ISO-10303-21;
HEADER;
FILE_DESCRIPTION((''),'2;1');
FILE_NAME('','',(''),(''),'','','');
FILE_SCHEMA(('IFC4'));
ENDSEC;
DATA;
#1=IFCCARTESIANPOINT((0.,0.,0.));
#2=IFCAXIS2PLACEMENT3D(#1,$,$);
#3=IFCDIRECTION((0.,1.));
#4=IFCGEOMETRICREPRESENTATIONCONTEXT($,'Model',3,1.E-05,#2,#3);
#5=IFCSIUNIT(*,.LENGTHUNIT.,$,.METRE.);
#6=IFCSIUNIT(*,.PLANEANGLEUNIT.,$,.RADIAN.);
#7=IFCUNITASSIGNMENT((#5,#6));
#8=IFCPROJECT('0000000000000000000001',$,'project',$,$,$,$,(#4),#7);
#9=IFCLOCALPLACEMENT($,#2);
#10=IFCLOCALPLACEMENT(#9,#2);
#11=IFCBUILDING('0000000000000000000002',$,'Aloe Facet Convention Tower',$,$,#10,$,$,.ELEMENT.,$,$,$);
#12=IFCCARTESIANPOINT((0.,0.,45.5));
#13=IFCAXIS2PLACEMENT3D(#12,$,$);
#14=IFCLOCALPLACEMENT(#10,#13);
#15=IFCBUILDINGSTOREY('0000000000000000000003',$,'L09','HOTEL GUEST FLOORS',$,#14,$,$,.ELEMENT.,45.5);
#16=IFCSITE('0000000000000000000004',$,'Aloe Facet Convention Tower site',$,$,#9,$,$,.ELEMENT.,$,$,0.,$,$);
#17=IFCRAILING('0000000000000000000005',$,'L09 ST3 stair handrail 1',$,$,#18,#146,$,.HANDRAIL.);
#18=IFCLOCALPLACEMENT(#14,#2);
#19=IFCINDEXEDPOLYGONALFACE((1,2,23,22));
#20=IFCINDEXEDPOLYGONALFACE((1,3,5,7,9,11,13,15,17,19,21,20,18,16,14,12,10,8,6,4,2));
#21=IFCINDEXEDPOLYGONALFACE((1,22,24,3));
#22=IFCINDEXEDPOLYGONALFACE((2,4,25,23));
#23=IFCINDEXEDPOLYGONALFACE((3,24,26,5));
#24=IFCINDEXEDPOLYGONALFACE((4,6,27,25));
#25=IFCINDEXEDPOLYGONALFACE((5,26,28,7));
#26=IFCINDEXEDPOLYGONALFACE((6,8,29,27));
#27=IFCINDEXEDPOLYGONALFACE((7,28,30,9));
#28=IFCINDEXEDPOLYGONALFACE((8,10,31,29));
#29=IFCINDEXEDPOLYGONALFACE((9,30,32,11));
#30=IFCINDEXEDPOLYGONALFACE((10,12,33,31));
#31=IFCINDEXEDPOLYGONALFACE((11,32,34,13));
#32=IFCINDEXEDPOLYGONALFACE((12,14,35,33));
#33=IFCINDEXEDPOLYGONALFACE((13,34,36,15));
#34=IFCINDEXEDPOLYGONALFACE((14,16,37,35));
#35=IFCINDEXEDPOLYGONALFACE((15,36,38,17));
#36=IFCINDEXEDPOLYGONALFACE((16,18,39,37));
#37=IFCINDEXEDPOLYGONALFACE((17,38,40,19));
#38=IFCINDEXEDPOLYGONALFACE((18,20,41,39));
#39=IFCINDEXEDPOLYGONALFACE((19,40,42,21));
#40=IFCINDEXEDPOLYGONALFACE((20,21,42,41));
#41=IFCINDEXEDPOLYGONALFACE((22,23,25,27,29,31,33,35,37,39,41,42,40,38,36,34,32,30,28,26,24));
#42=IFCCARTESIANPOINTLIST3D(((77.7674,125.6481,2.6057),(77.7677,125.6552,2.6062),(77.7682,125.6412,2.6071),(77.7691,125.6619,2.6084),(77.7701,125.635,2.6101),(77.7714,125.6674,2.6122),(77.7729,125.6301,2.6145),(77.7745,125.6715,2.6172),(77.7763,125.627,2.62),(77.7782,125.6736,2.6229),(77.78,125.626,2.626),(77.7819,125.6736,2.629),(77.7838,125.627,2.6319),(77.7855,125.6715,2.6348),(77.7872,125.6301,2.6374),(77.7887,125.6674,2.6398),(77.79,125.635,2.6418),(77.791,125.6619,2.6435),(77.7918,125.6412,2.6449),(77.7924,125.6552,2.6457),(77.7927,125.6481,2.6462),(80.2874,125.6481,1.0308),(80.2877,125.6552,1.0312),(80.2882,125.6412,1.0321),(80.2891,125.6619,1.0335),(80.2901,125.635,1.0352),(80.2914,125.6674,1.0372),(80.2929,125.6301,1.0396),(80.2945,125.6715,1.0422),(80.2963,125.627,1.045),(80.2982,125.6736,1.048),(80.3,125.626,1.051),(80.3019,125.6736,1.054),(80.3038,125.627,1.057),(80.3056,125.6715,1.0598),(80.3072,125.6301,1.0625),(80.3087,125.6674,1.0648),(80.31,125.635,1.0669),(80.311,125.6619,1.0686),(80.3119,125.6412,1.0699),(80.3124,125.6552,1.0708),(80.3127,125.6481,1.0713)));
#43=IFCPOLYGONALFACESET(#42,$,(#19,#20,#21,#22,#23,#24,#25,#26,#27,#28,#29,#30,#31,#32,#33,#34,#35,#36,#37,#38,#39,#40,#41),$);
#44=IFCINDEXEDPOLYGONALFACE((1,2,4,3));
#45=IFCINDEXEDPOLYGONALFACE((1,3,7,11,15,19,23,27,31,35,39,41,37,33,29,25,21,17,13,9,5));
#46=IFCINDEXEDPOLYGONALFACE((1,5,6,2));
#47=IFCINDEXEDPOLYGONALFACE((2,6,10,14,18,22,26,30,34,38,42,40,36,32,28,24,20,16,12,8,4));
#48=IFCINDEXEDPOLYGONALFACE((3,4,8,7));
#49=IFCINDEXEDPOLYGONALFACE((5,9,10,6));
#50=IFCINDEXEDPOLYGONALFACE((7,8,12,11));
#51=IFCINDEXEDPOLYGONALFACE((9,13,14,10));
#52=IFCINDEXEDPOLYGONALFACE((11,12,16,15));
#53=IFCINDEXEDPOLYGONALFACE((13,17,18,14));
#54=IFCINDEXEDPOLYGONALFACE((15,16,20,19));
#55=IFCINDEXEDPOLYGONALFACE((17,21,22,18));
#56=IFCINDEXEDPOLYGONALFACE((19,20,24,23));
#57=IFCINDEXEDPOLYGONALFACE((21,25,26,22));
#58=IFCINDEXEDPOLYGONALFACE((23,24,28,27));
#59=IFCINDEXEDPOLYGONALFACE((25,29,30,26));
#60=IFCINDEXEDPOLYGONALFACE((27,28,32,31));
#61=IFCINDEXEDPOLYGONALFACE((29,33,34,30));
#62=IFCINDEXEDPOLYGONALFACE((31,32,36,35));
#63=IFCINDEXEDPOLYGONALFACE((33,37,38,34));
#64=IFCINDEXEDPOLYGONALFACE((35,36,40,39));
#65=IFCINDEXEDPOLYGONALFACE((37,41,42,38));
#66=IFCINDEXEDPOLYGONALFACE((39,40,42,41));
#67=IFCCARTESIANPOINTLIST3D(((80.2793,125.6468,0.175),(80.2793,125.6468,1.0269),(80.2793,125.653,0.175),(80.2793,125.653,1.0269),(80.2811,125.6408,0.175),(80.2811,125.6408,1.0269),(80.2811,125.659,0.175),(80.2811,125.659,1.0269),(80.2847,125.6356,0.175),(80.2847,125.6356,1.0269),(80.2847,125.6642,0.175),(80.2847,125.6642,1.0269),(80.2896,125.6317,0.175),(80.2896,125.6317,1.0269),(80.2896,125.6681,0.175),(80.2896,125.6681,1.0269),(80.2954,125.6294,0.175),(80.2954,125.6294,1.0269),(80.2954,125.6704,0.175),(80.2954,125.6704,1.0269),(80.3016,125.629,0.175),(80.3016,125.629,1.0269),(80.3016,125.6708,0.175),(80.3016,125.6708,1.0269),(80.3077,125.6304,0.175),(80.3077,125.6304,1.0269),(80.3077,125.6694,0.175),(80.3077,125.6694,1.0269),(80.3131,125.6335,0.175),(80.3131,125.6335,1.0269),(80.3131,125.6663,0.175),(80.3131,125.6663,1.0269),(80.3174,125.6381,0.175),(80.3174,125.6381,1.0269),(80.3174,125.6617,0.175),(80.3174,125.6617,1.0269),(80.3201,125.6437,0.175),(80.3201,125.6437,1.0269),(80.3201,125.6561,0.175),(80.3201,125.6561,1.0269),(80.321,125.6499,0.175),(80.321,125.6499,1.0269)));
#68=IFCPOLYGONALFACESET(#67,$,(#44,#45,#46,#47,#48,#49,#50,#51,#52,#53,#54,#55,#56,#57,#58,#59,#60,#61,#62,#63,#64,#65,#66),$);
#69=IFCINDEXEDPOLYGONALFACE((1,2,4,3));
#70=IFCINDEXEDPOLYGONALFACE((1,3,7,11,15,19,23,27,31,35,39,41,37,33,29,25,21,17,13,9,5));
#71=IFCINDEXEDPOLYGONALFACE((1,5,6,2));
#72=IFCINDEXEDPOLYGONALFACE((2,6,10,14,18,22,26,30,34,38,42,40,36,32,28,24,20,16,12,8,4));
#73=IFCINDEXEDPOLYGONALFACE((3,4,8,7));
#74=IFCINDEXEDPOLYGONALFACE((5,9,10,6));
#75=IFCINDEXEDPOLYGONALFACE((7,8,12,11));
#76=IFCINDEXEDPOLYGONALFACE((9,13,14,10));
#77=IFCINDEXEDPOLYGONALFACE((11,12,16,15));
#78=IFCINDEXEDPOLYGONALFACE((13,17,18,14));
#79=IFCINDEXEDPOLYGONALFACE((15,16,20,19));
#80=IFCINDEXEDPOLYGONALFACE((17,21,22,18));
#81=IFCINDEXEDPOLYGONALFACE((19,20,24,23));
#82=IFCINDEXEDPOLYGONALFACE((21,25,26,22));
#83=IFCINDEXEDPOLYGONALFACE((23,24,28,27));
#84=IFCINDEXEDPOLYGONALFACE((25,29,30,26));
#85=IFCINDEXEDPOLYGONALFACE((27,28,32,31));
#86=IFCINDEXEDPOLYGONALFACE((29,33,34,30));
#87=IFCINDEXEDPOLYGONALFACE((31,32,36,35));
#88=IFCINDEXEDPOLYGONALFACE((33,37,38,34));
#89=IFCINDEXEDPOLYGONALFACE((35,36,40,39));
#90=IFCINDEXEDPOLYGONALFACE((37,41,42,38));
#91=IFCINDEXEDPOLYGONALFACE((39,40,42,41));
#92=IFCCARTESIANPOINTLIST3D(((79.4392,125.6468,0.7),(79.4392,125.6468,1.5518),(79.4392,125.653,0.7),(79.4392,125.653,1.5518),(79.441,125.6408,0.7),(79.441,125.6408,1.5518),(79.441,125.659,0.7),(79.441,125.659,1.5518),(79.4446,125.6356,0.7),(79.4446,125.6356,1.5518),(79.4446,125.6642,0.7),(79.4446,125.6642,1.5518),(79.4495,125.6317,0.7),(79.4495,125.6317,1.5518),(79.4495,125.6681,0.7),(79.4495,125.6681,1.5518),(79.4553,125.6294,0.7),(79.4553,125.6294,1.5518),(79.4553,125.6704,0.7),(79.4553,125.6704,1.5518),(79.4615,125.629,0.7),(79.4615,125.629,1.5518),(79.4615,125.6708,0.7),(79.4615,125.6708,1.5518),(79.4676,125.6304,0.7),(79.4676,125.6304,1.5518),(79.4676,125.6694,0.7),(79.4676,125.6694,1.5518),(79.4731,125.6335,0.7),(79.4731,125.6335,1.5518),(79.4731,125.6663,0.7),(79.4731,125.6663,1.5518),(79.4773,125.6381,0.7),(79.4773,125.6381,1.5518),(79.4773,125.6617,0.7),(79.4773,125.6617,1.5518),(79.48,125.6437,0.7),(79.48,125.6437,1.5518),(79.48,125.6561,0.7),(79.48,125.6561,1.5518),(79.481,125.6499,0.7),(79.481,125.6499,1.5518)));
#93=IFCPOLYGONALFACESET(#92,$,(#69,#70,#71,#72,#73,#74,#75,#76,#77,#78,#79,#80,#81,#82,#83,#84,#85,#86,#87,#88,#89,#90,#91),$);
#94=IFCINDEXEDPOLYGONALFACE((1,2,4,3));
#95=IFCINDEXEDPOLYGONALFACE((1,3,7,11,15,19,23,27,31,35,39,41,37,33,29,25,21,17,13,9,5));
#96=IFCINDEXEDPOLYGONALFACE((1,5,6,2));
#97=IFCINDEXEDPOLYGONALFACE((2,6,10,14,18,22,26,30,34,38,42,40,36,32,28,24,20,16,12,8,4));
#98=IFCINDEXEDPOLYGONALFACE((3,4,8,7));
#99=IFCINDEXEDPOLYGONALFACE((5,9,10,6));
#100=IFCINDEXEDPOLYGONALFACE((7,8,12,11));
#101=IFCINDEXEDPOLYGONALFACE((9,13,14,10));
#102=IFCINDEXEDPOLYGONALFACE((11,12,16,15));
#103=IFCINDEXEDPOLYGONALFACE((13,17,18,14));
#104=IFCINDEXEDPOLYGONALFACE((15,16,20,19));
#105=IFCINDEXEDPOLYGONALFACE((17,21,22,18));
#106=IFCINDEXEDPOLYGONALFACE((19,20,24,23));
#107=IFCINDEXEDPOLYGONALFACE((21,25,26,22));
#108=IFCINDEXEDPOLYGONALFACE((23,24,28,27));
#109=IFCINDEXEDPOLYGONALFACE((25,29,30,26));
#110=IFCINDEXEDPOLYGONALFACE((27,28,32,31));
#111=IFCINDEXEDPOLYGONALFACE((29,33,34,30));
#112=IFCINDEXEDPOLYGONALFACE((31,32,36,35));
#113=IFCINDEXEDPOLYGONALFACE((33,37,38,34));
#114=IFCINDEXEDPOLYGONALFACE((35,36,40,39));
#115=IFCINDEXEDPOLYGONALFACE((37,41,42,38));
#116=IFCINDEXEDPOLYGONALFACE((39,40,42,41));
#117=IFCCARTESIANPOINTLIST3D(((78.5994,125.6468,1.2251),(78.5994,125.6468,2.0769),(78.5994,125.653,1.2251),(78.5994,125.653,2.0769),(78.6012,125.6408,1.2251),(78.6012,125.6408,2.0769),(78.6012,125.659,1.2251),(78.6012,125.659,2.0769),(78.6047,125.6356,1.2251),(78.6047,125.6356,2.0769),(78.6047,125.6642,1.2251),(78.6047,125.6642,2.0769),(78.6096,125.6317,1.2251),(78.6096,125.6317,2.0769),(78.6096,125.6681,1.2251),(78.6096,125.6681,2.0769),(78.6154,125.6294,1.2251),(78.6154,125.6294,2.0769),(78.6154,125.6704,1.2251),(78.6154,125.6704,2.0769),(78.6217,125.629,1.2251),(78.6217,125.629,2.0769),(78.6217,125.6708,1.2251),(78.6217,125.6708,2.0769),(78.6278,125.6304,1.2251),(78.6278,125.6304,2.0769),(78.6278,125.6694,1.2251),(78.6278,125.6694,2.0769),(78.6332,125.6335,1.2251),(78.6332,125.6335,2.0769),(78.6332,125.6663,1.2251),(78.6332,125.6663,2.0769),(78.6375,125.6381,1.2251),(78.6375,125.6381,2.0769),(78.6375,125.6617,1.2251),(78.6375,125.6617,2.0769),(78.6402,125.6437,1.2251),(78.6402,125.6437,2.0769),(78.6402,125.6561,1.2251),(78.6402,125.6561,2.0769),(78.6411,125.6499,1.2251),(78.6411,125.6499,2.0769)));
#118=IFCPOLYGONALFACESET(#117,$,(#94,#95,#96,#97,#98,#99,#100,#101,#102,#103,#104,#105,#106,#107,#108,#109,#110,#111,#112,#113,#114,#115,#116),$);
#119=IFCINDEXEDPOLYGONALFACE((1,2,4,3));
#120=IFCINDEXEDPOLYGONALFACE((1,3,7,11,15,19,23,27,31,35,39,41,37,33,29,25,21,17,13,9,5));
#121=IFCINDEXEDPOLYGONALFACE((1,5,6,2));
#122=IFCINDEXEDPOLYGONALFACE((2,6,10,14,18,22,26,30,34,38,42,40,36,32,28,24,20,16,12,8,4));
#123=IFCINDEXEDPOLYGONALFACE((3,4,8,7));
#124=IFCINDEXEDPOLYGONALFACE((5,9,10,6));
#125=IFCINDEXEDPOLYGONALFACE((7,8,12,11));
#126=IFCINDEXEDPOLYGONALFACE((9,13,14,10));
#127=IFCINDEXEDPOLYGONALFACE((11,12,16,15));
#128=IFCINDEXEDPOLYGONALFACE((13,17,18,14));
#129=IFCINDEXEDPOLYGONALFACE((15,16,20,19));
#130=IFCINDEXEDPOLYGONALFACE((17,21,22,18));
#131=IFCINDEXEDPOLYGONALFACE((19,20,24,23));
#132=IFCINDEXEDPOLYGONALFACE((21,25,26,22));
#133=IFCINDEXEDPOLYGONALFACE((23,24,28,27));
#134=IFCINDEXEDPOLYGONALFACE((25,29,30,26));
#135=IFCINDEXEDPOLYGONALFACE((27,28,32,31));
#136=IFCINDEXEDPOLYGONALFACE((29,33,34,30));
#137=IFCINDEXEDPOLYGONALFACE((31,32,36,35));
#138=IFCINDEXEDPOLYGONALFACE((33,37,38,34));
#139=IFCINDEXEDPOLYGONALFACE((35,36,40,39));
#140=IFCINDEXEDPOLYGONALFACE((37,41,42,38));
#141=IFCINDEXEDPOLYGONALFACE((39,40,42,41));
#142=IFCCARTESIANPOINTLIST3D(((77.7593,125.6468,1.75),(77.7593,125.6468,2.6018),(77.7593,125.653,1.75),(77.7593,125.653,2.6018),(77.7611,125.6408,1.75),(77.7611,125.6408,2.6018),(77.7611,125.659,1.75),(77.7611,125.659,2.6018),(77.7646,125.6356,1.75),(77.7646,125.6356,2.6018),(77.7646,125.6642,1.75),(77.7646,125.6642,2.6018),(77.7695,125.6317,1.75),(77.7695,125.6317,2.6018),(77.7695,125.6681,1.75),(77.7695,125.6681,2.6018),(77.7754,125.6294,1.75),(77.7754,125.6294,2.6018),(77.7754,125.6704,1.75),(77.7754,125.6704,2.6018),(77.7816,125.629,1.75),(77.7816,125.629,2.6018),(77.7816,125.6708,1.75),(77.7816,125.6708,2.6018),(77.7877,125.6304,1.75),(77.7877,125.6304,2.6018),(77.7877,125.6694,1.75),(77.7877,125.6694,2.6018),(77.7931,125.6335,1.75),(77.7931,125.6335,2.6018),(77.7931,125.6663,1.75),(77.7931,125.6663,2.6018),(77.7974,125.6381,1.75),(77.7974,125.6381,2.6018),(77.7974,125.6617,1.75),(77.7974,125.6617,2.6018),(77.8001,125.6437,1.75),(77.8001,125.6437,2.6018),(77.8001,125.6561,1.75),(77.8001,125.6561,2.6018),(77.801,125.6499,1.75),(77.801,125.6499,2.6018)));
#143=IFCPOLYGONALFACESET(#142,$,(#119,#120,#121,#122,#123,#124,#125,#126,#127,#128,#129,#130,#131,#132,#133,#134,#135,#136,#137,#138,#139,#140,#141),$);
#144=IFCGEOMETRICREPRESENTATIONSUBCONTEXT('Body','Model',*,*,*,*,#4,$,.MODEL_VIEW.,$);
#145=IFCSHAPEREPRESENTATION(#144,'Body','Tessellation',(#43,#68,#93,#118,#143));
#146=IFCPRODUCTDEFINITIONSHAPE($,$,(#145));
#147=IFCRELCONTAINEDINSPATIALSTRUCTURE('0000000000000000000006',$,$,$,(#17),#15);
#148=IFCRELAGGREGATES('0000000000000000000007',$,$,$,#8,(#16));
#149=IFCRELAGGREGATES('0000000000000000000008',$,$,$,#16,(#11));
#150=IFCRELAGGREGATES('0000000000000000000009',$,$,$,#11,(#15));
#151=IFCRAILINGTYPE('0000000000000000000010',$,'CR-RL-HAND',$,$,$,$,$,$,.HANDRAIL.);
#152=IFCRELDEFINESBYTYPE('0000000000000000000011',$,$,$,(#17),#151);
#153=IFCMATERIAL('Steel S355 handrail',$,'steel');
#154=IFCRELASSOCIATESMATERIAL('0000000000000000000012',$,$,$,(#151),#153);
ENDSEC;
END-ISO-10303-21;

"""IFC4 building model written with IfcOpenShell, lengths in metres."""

from ifc_helpers import new_model, si_unit, direction, frame, origin, origin_2d, place, context, subcontext, project, spatial, circle, extrude, material, type_object, element, save


model = new_model("IFC4")

# Units and contexts
model_context = context("Model", 3, precision=1e-05, world=origin(), true_north=direction((0.0, 1.0)))
body_context = subcontext(model_context, "Body", "Model", "MODEL_VIEW")
ifc_project = project(units=[si_unit("LENGTHUNIT", "METRE"), si_unit("PLANEANGLEUNIT", "RADIAN")], contexts=[model_context])

# Site, building, storey
site_placement = place(None, origin())
site = spatial("IfcSite", under=ifc_project, at=site_placement, Name="Aloe Facet Convention Tower site", CompositionType="ELEMENT", RefElevation=0.0)
building_placement = place(site_placement, origin())
building = spatial("IfcBuilding", under=site, at=building_placement, Name="Aloe Facet Convention Tower", CompositionType="ELEMENT")
storey_placement = place(building_placement, frame((0.0, 0.0, 45.5)))
storey = spatial("IfcBuildingStorey", under=building, at=storey_placement, Name="L09", Description="HOTEL GUEST FLOORS", CompositionType="ELEMENT", Elevation=45.5)

# Railing
ifc_material_1 = material(Name="Steel S355 handrail", Category="steel")
railing_type_1 = type_object("IfcRailingType", Name="CR-RL-HAND", PredefinedType="HANDRAIL", material=ifc_material_1)
railing_1_placement = place(storey_placement, frame((80.3, 125.6499, 0.175)))
element("IfcRailing", 1, at=railing_1_placement, inside=storey, type_object=railing_type_1, Name="L09 ST3 stair handrail 1", PredefinedType="HANDRAIL", context=body_context, shape_type="SweptSolid", body=[
    extrude(circle(Radius=0.0239, at=origin_2d()), frame((0.0, 0.0, 0.876), z_axis=(-0.848008, 0.0, 0.529984), x_axis=(0.0, -1.0, 0.0)), (0.0, 0.0, 1.0), 2.9717),
    extrude(circle(Radius=0.021, at=origin_2d()), origin(), (0.0, 0.0, 1.0), 0.8518),
    extrude(circle(Radius=0.021, at=origin_2d()), frame((-0.8401, 0.0, 0.5249)), (0.0, 0.0, 1.0), 0.8518),
    extrude(circle(Radius=0.021, at=origin_2d()), frame((-1.6799, 0.0, 1.05)), (0.0, 0.0, 1.0), 0.8518),
    extrude(circle(Radius=0.021, at=origin_2d()), frame((-2.52, 0.0, 1.575)), (0.0, 0.0, 1.0), 0.8518),
])

save(model, "model.ifc")
